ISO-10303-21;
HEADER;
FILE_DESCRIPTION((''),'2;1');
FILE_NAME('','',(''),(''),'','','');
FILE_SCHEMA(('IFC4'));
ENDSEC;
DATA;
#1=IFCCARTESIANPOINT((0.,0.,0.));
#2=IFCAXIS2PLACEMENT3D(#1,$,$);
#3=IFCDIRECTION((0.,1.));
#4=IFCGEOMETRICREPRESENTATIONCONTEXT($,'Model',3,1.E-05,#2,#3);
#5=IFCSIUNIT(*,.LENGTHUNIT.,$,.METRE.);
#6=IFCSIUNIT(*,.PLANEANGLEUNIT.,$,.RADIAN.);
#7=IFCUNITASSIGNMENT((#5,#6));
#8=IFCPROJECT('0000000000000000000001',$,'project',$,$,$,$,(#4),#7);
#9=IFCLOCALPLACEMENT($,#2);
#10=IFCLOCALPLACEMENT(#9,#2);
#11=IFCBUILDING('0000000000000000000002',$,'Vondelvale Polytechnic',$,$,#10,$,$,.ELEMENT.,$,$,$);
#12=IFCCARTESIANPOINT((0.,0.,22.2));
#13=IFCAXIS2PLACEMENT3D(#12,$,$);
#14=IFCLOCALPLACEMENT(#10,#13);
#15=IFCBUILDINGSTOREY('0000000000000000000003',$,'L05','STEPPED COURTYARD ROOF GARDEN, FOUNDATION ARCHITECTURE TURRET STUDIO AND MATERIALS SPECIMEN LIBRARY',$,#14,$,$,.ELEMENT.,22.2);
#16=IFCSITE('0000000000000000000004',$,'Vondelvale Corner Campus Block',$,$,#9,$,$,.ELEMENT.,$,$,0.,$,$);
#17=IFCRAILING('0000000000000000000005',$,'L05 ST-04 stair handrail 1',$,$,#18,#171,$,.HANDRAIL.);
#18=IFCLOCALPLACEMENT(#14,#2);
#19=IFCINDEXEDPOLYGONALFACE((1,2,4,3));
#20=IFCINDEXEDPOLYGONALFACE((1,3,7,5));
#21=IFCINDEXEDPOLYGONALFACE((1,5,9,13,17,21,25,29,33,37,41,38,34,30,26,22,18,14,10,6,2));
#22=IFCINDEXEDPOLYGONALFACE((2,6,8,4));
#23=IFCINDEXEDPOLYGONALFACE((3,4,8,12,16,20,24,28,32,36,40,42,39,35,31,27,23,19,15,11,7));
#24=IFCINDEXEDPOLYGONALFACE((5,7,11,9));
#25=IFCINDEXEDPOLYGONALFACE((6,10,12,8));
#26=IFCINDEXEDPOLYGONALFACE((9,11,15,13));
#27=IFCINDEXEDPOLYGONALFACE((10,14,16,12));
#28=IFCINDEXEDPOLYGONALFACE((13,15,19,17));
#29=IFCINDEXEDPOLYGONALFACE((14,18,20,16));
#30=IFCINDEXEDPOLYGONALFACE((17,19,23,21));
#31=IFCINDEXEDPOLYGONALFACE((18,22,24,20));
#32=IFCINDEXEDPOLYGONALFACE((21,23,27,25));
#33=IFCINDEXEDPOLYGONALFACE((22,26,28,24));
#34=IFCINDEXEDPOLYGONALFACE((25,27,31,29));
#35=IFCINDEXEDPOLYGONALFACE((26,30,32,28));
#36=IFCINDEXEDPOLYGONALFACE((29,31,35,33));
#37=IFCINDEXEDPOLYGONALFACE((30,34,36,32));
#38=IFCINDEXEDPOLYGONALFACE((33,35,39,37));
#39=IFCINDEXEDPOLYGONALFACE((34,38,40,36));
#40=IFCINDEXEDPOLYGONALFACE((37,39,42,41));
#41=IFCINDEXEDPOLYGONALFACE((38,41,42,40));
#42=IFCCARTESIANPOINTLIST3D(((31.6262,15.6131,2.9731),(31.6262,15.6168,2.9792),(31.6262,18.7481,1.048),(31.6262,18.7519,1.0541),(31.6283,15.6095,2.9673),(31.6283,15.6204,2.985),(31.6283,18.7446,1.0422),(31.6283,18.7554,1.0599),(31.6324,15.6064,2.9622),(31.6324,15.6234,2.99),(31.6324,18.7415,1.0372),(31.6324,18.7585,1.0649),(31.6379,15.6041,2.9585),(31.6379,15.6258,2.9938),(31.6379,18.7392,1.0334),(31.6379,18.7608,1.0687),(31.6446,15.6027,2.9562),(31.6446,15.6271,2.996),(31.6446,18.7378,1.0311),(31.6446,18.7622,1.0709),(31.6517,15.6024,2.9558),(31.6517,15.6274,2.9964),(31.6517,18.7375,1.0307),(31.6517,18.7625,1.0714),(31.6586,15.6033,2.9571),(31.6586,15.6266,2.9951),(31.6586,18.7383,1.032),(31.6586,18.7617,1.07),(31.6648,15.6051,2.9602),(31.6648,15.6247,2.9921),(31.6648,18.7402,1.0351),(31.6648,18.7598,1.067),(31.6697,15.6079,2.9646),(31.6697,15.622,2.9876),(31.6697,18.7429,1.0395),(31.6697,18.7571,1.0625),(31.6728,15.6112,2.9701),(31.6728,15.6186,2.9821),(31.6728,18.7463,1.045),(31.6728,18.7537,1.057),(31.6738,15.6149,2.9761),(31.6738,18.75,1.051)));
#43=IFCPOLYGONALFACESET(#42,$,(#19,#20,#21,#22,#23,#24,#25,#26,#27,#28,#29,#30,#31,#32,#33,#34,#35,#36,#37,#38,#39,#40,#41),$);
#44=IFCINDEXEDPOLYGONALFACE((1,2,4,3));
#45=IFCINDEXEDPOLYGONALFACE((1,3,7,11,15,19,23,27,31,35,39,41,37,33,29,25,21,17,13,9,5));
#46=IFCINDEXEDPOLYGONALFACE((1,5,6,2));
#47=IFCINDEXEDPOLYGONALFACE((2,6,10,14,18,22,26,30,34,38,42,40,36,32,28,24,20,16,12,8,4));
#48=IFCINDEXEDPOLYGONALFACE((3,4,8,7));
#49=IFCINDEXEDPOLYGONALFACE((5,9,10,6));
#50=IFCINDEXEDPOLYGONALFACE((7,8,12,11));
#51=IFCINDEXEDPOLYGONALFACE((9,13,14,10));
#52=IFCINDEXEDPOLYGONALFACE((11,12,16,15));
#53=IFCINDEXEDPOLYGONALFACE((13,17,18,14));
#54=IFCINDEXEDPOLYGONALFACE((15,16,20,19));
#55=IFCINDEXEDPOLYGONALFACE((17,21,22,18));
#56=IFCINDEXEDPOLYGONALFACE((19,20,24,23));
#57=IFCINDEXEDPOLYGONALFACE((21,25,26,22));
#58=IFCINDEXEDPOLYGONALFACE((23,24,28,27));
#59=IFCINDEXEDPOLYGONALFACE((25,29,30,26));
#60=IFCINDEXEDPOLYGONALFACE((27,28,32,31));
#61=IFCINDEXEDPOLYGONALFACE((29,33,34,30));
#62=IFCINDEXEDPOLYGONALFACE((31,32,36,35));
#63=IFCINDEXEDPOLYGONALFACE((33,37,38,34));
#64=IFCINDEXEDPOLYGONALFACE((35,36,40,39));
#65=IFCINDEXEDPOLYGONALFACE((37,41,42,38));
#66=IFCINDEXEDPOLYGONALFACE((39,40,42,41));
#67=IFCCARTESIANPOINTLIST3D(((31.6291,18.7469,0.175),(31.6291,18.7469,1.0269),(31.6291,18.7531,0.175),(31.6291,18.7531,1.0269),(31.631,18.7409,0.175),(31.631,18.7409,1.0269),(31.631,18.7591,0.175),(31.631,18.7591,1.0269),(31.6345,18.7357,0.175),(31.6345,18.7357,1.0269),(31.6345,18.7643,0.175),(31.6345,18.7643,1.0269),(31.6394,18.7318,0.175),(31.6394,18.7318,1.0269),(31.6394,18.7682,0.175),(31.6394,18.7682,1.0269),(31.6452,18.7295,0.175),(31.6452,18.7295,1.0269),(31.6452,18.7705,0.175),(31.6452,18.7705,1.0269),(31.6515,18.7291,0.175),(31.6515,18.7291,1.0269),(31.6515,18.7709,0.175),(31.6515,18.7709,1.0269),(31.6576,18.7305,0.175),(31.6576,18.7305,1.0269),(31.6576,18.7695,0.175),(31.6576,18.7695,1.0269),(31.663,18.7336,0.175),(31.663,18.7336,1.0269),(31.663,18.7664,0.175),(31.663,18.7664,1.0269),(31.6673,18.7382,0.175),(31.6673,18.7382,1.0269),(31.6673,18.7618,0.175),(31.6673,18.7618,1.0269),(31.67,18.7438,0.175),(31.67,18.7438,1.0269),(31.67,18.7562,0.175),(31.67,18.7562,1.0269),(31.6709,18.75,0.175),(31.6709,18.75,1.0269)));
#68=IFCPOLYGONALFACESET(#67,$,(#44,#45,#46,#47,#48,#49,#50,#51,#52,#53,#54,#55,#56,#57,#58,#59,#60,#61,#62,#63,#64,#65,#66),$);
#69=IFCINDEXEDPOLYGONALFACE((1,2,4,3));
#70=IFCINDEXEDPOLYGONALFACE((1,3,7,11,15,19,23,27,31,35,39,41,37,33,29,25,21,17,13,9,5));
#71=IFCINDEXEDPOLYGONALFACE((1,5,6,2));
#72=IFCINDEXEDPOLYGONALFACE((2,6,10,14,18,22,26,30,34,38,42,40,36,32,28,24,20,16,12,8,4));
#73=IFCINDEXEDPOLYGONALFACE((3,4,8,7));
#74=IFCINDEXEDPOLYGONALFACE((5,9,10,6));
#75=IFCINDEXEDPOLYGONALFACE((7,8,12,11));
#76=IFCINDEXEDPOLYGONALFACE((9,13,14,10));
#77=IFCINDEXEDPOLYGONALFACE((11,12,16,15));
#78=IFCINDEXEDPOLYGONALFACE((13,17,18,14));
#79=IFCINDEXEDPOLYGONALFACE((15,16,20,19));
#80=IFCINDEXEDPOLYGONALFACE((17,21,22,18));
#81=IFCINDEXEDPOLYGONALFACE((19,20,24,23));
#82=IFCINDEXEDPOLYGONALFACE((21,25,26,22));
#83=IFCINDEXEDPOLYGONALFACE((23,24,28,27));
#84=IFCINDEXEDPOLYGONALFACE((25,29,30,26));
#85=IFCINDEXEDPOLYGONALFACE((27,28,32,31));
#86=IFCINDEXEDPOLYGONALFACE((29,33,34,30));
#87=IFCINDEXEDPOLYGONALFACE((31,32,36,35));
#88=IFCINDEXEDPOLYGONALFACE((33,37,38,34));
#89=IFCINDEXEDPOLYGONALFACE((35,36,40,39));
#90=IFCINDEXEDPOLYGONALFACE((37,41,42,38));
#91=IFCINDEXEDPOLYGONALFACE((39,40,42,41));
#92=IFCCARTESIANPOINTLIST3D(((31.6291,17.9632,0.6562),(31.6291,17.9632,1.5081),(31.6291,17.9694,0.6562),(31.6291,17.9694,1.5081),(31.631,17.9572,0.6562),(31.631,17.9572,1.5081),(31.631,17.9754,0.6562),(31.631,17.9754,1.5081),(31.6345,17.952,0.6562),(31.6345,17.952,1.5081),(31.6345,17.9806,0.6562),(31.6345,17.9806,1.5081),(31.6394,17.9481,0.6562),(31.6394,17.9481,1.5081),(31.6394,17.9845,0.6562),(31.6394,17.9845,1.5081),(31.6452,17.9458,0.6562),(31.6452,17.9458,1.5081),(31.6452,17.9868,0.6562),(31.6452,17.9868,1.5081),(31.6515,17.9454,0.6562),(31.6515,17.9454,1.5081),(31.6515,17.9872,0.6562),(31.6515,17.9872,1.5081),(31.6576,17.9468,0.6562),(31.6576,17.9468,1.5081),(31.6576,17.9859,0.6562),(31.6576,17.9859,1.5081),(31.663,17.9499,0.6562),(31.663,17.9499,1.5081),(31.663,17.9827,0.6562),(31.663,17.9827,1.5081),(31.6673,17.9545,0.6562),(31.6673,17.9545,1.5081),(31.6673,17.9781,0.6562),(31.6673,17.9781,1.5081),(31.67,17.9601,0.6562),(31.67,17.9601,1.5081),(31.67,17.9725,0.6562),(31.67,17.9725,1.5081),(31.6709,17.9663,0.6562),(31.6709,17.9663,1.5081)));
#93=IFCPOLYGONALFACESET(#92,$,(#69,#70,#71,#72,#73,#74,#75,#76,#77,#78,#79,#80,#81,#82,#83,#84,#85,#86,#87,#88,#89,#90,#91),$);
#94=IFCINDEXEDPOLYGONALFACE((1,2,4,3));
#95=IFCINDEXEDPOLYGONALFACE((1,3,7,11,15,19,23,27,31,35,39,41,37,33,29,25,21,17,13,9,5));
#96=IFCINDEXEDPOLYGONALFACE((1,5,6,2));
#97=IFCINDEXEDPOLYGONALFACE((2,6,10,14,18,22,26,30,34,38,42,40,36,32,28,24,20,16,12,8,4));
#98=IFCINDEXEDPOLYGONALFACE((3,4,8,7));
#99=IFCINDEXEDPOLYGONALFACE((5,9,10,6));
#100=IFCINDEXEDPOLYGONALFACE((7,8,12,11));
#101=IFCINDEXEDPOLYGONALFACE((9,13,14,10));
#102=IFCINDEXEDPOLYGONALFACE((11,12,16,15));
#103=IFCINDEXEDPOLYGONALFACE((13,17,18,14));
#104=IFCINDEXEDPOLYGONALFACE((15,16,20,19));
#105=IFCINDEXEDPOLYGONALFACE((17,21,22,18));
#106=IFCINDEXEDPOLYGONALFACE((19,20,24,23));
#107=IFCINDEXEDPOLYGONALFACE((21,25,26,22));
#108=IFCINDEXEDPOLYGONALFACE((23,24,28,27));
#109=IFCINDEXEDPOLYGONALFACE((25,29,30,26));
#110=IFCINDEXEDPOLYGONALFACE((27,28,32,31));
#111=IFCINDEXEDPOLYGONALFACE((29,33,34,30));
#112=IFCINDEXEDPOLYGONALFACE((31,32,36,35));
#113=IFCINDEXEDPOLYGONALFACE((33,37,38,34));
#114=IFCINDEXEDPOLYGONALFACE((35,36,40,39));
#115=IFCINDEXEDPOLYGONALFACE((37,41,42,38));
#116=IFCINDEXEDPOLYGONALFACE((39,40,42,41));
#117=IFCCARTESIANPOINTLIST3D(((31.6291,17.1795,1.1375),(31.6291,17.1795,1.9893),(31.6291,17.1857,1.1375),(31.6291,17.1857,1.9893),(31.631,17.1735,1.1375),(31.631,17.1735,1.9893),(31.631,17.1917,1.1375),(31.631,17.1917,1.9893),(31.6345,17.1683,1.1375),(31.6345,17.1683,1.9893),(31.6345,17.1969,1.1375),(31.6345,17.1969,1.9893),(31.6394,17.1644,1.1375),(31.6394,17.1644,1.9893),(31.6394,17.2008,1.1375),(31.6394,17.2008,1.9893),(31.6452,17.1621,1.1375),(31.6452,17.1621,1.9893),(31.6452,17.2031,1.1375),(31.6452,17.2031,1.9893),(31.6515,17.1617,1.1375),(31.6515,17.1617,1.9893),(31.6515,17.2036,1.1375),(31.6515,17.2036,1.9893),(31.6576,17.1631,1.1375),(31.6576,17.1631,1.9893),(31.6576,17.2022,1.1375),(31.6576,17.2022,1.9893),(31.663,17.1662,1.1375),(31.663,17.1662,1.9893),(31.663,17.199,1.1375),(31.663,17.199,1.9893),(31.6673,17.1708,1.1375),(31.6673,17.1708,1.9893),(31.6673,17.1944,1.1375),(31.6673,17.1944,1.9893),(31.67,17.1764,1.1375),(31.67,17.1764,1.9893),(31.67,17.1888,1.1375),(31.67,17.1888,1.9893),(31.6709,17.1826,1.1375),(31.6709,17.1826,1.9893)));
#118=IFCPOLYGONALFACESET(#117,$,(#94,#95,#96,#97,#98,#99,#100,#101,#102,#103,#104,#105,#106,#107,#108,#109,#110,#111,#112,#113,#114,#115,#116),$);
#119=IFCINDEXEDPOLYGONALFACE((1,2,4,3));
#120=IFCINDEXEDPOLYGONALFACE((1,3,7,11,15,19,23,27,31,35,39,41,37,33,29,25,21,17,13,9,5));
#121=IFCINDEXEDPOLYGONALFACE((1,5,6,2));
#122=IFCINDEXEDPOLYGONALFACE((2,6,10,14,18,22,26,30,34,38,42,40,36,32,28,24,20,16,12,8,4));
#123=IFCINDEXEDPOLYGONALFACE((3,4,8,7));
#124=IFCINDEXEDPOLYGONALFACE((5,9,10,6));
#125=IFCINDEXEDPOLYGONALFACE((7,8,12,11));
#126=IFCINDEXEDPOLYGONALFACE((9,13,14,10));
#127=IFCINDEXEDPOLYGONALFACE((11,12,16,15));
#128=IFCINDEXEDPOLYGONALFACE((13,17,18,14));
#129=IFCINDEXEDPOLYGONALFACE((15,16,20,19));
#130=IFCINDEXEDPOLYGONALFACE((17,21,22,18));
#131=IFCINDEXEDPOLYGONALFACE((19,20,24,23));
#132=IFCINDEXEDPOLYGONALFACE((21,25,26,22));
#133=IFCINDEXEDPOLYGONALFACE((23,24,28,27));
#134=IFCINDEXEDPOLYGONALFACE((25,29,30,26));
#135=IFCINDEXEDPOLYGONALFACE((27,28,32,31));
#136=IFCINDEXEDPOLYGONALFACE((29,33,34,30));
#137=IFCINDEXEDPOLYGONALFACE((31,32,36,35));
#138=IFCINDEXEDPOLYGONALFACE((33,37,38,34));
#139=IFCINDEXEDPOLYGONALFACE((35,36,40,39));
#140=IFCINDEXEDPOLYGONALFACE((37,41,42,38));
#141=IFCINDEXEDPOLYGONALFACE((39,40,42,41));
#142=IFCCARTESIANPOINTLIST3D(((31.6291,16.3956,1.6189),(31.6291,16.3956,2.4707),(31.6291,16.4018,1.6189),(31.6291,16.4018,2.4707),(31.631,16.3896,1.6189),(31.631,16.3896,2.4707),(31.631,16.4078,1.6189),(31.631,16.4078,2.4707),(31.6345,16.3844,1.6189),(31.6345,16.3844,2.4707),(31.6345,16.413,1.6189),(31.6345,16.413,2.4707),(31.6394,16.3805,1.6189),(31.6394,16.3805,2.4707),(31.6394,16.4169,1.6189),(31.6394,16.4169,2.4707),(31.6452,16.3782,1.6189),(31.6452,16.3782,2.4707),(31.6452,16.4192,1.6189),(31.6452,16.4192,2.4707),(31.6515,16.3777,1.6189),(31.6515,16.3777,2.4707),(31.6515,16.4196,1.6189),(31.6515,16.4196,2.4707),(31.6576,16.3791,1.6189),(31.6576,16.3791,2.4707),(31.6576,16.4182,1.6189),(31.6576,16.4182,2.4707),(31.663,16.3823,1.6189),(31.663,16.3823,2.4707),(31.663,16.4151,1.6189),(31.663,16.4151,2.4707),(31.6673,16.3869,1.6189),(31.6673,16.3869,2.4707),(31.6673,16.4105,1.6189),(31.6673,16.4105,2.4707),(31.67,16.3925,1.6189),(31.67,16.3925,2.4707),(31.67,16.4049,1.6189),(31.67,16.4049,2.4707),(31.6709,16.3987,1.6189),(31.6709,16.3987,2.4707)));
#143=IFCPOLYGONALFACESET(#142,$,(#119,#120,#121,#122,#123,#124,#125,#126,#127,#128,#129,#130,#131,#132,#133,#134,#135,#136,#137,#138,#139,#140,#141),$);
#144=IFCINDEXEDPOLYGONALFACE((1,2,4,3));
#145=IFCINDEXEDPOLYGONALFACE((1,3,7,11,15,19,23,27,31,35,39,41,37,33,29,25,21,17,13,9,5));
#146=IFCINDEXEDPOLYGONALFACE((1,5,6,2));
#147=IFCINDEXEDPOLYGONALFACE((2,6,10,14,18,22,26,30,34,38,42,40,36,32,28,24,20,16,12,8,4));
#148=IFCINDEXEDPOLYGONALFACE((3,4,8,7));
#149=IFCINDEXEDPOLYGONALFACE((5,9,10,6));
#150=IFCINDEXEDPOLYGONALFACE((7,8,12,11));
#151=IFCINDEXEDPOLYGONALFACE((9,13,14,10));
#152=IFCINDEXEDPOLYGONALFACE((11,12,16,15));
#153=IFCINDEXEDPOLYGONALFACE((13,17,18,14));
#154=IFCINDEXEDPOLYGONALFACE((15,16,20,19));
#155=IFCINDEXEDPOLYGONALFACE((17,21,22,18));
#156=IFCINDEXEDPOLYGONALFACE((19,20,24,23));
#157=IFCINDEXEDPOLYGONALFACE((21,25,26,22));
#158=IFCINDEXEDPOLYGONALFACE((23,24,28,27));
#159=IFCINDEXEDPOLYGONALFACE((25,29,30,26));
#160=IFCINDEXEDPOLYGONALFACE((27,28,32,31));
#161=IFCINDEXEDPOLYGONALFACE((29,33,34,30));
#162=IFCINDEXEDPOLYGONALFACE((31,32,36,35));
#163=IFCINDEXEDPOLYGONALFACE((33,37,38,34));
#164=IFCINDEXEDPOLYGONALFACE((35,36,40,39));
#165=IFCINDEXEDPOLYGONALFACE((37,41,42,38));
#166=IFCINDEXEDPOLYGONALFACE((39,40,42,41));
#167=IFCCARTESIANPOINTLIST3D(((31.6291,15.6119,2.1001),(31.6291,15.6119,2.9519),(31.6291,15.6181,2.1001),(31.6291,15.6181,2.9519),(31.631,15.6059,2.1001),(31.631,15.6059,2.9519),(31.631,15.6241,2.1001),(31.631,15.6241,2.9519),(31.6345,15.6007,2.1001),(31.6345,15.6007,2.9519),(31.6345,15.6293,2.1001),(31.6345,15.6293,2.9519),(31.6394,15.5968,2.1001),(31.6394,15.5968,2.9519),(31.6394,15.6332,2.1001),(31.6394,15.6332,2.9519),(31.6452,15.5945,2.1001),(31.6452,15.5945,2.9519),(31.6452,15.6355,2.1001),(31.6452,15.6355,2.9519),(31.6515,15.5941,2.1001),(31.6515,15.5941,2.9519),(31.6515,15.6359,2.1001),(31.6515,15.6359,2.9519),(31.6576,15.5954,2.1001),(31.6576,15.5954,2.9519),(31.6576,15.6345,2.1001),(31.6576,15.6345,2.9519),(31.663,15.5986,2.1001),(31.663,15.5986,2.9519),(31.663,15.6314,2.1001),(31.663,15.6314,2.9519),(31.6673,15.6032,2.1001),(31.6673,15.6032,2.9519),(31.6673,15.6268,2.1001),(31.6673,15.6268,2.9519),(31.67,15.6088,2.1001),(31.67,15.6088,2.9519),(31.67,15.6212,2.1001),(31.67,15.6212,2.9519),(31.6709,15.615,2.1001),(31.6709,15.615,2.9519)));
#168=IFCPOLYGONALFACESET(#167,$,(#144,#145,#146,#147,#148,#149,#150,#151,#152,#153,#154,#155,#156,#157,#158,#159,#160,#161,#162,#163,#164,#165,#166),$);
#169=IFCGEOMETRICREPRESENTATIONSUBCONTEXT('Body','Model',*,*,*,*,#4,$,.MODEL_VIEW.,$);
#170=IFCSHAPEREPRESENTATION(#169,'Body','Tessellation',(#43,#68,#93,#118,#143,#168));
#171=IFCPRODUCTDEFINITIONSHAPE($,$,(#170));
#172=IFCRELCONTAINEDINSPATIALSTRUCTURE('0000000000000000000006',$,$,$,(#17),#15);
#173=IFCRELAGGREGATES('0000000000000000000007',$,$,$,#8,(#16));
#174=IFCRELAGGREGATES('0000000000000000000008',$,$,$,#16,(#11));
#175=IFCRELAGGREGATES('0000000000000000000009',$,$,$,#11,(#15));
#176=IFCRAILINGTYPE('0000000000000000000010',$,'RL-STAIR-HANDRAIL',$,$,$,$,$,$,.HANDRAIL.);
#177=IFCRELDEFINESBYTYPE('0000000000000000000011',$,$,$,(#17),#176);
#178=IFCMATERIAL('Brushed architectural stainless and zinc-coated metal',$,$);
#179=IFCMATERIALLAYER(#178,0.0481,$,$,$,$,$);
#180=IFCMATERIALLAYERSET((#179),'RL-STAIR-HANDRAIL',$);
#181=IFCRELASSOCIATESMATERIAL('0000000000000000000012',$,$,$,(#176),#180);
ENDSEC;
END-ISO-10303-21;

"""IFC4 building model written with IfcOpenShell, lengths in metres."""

from ifc_helpers import new_model, si_unit, direction, frame, origin, origin_2d, place, context, subcontext, project, spatial, circle, extrude, material, layer, layer_set, type_object, element, save


model = new_model("IFC4")

# Units and contexts
model_context = context("Model", 3, precision=1e-05, world=origin(), true_north=direction((0.0, 1.0)))
body_context = subcontext(model_context, "Body", "Model", "MODEL_VIEW")
ifc_project = project(units=[si_unit("LENGTHUNIT", "METRE"), si_unit("PLANEANGLEUNIT", "RADIAN")], contexts=[model_context])

# Site, building, storey
site_placement = place(None, origin())
site = spatial("IfcSite", under=ifc_project, at=site_placement, Name="Vondelvale Corner Campus Block", CompositionType="ELEMENT", RefElevation=0.0)
building_placement = place(site_placement, origin())
building = spatial("IfcBuilding", under=site, at=building_placement, Name="Vondelvale Polytechnic", CompositionType="ELEMENT")
storey_placement = place(building_placement, frame((0.0, 0.0, 22.2)))
storey = spatial("IfcBuildingStorey", under=building, at=storey_placement, Name="L05", Description="STEPPED COURTYARD ROOF GARDEN, FOUNDATION ARCHITECTURE TURRET STUDIO AND MATERIALS SPECIMEN LIBRARY", CompositionType="ELEMENT", Elevation=22.2)

# Shared definitions
ifc_material_1 = material(Name="Brushed architectural stainless and zinc-coated metal")

# Railing
ifc_layer_1 = layer(ifc_material_1, 0.0481)
ifc_layer_set_1 = layer_set([ifc_layer_1], Name="RL-STAIR-HANDRAIL")
railing_type_1 = type_object("IfcRailingType", Name="RL-STAIR-HANDRAIL", PredefinedType="HANDRAIL", material=ifc_layer_set_1)
railing_1_placement = place(storey_placement, frame((31.6499, 18.75, 0.175)))
element("IfcRailing", 1, at=railing_1_placement, inside=storey, type_object=railing_type_1, Name="L05 ST-04 stair handrail 1", PredefinedType="HANDRAIL", context=body_context, shape_type="SweptSolid", body=[
    extrude(circle(Radius=0.0239, at=origin_2d()), frame((0.0, 0.0, 0.876), z_axis=(0.0, -0.852166, 0.523271), x_axis=(1.0, 0.0, 0.0)), (0.0, 0.0, 1.0), 3.679),
    extrude(circle(Radius=0.021, at=origin_2d()), origin(), (0.0, 0.0, 1.0), 0.8518),
    extrude(circle(Radius=0.021, at=origin_2d()), frame((0.0, -0.7837, 0.4812)), (0.0, 0.0, 1.0), 0.8518),
    extrude(circle(Radius=0.021, at=origin_2d()), frame((0.0, -1.5674, 0.9624)), (0.0, 0.0, 1.0), 0.8518),
    extrude(circle(Radius=0.021, at=origin_2d()), frame((0.0, -2.3513, 1.4438)), (0.0, 0.0, 1.0), 0.8518),
    extrude(circle(Radius=0.021, at=origin_2d()), frame((0.0, -3.135, 1.925)), (0.0, 0.0, 1.0), 0.8518),
])

save(model, "model.ifc")
